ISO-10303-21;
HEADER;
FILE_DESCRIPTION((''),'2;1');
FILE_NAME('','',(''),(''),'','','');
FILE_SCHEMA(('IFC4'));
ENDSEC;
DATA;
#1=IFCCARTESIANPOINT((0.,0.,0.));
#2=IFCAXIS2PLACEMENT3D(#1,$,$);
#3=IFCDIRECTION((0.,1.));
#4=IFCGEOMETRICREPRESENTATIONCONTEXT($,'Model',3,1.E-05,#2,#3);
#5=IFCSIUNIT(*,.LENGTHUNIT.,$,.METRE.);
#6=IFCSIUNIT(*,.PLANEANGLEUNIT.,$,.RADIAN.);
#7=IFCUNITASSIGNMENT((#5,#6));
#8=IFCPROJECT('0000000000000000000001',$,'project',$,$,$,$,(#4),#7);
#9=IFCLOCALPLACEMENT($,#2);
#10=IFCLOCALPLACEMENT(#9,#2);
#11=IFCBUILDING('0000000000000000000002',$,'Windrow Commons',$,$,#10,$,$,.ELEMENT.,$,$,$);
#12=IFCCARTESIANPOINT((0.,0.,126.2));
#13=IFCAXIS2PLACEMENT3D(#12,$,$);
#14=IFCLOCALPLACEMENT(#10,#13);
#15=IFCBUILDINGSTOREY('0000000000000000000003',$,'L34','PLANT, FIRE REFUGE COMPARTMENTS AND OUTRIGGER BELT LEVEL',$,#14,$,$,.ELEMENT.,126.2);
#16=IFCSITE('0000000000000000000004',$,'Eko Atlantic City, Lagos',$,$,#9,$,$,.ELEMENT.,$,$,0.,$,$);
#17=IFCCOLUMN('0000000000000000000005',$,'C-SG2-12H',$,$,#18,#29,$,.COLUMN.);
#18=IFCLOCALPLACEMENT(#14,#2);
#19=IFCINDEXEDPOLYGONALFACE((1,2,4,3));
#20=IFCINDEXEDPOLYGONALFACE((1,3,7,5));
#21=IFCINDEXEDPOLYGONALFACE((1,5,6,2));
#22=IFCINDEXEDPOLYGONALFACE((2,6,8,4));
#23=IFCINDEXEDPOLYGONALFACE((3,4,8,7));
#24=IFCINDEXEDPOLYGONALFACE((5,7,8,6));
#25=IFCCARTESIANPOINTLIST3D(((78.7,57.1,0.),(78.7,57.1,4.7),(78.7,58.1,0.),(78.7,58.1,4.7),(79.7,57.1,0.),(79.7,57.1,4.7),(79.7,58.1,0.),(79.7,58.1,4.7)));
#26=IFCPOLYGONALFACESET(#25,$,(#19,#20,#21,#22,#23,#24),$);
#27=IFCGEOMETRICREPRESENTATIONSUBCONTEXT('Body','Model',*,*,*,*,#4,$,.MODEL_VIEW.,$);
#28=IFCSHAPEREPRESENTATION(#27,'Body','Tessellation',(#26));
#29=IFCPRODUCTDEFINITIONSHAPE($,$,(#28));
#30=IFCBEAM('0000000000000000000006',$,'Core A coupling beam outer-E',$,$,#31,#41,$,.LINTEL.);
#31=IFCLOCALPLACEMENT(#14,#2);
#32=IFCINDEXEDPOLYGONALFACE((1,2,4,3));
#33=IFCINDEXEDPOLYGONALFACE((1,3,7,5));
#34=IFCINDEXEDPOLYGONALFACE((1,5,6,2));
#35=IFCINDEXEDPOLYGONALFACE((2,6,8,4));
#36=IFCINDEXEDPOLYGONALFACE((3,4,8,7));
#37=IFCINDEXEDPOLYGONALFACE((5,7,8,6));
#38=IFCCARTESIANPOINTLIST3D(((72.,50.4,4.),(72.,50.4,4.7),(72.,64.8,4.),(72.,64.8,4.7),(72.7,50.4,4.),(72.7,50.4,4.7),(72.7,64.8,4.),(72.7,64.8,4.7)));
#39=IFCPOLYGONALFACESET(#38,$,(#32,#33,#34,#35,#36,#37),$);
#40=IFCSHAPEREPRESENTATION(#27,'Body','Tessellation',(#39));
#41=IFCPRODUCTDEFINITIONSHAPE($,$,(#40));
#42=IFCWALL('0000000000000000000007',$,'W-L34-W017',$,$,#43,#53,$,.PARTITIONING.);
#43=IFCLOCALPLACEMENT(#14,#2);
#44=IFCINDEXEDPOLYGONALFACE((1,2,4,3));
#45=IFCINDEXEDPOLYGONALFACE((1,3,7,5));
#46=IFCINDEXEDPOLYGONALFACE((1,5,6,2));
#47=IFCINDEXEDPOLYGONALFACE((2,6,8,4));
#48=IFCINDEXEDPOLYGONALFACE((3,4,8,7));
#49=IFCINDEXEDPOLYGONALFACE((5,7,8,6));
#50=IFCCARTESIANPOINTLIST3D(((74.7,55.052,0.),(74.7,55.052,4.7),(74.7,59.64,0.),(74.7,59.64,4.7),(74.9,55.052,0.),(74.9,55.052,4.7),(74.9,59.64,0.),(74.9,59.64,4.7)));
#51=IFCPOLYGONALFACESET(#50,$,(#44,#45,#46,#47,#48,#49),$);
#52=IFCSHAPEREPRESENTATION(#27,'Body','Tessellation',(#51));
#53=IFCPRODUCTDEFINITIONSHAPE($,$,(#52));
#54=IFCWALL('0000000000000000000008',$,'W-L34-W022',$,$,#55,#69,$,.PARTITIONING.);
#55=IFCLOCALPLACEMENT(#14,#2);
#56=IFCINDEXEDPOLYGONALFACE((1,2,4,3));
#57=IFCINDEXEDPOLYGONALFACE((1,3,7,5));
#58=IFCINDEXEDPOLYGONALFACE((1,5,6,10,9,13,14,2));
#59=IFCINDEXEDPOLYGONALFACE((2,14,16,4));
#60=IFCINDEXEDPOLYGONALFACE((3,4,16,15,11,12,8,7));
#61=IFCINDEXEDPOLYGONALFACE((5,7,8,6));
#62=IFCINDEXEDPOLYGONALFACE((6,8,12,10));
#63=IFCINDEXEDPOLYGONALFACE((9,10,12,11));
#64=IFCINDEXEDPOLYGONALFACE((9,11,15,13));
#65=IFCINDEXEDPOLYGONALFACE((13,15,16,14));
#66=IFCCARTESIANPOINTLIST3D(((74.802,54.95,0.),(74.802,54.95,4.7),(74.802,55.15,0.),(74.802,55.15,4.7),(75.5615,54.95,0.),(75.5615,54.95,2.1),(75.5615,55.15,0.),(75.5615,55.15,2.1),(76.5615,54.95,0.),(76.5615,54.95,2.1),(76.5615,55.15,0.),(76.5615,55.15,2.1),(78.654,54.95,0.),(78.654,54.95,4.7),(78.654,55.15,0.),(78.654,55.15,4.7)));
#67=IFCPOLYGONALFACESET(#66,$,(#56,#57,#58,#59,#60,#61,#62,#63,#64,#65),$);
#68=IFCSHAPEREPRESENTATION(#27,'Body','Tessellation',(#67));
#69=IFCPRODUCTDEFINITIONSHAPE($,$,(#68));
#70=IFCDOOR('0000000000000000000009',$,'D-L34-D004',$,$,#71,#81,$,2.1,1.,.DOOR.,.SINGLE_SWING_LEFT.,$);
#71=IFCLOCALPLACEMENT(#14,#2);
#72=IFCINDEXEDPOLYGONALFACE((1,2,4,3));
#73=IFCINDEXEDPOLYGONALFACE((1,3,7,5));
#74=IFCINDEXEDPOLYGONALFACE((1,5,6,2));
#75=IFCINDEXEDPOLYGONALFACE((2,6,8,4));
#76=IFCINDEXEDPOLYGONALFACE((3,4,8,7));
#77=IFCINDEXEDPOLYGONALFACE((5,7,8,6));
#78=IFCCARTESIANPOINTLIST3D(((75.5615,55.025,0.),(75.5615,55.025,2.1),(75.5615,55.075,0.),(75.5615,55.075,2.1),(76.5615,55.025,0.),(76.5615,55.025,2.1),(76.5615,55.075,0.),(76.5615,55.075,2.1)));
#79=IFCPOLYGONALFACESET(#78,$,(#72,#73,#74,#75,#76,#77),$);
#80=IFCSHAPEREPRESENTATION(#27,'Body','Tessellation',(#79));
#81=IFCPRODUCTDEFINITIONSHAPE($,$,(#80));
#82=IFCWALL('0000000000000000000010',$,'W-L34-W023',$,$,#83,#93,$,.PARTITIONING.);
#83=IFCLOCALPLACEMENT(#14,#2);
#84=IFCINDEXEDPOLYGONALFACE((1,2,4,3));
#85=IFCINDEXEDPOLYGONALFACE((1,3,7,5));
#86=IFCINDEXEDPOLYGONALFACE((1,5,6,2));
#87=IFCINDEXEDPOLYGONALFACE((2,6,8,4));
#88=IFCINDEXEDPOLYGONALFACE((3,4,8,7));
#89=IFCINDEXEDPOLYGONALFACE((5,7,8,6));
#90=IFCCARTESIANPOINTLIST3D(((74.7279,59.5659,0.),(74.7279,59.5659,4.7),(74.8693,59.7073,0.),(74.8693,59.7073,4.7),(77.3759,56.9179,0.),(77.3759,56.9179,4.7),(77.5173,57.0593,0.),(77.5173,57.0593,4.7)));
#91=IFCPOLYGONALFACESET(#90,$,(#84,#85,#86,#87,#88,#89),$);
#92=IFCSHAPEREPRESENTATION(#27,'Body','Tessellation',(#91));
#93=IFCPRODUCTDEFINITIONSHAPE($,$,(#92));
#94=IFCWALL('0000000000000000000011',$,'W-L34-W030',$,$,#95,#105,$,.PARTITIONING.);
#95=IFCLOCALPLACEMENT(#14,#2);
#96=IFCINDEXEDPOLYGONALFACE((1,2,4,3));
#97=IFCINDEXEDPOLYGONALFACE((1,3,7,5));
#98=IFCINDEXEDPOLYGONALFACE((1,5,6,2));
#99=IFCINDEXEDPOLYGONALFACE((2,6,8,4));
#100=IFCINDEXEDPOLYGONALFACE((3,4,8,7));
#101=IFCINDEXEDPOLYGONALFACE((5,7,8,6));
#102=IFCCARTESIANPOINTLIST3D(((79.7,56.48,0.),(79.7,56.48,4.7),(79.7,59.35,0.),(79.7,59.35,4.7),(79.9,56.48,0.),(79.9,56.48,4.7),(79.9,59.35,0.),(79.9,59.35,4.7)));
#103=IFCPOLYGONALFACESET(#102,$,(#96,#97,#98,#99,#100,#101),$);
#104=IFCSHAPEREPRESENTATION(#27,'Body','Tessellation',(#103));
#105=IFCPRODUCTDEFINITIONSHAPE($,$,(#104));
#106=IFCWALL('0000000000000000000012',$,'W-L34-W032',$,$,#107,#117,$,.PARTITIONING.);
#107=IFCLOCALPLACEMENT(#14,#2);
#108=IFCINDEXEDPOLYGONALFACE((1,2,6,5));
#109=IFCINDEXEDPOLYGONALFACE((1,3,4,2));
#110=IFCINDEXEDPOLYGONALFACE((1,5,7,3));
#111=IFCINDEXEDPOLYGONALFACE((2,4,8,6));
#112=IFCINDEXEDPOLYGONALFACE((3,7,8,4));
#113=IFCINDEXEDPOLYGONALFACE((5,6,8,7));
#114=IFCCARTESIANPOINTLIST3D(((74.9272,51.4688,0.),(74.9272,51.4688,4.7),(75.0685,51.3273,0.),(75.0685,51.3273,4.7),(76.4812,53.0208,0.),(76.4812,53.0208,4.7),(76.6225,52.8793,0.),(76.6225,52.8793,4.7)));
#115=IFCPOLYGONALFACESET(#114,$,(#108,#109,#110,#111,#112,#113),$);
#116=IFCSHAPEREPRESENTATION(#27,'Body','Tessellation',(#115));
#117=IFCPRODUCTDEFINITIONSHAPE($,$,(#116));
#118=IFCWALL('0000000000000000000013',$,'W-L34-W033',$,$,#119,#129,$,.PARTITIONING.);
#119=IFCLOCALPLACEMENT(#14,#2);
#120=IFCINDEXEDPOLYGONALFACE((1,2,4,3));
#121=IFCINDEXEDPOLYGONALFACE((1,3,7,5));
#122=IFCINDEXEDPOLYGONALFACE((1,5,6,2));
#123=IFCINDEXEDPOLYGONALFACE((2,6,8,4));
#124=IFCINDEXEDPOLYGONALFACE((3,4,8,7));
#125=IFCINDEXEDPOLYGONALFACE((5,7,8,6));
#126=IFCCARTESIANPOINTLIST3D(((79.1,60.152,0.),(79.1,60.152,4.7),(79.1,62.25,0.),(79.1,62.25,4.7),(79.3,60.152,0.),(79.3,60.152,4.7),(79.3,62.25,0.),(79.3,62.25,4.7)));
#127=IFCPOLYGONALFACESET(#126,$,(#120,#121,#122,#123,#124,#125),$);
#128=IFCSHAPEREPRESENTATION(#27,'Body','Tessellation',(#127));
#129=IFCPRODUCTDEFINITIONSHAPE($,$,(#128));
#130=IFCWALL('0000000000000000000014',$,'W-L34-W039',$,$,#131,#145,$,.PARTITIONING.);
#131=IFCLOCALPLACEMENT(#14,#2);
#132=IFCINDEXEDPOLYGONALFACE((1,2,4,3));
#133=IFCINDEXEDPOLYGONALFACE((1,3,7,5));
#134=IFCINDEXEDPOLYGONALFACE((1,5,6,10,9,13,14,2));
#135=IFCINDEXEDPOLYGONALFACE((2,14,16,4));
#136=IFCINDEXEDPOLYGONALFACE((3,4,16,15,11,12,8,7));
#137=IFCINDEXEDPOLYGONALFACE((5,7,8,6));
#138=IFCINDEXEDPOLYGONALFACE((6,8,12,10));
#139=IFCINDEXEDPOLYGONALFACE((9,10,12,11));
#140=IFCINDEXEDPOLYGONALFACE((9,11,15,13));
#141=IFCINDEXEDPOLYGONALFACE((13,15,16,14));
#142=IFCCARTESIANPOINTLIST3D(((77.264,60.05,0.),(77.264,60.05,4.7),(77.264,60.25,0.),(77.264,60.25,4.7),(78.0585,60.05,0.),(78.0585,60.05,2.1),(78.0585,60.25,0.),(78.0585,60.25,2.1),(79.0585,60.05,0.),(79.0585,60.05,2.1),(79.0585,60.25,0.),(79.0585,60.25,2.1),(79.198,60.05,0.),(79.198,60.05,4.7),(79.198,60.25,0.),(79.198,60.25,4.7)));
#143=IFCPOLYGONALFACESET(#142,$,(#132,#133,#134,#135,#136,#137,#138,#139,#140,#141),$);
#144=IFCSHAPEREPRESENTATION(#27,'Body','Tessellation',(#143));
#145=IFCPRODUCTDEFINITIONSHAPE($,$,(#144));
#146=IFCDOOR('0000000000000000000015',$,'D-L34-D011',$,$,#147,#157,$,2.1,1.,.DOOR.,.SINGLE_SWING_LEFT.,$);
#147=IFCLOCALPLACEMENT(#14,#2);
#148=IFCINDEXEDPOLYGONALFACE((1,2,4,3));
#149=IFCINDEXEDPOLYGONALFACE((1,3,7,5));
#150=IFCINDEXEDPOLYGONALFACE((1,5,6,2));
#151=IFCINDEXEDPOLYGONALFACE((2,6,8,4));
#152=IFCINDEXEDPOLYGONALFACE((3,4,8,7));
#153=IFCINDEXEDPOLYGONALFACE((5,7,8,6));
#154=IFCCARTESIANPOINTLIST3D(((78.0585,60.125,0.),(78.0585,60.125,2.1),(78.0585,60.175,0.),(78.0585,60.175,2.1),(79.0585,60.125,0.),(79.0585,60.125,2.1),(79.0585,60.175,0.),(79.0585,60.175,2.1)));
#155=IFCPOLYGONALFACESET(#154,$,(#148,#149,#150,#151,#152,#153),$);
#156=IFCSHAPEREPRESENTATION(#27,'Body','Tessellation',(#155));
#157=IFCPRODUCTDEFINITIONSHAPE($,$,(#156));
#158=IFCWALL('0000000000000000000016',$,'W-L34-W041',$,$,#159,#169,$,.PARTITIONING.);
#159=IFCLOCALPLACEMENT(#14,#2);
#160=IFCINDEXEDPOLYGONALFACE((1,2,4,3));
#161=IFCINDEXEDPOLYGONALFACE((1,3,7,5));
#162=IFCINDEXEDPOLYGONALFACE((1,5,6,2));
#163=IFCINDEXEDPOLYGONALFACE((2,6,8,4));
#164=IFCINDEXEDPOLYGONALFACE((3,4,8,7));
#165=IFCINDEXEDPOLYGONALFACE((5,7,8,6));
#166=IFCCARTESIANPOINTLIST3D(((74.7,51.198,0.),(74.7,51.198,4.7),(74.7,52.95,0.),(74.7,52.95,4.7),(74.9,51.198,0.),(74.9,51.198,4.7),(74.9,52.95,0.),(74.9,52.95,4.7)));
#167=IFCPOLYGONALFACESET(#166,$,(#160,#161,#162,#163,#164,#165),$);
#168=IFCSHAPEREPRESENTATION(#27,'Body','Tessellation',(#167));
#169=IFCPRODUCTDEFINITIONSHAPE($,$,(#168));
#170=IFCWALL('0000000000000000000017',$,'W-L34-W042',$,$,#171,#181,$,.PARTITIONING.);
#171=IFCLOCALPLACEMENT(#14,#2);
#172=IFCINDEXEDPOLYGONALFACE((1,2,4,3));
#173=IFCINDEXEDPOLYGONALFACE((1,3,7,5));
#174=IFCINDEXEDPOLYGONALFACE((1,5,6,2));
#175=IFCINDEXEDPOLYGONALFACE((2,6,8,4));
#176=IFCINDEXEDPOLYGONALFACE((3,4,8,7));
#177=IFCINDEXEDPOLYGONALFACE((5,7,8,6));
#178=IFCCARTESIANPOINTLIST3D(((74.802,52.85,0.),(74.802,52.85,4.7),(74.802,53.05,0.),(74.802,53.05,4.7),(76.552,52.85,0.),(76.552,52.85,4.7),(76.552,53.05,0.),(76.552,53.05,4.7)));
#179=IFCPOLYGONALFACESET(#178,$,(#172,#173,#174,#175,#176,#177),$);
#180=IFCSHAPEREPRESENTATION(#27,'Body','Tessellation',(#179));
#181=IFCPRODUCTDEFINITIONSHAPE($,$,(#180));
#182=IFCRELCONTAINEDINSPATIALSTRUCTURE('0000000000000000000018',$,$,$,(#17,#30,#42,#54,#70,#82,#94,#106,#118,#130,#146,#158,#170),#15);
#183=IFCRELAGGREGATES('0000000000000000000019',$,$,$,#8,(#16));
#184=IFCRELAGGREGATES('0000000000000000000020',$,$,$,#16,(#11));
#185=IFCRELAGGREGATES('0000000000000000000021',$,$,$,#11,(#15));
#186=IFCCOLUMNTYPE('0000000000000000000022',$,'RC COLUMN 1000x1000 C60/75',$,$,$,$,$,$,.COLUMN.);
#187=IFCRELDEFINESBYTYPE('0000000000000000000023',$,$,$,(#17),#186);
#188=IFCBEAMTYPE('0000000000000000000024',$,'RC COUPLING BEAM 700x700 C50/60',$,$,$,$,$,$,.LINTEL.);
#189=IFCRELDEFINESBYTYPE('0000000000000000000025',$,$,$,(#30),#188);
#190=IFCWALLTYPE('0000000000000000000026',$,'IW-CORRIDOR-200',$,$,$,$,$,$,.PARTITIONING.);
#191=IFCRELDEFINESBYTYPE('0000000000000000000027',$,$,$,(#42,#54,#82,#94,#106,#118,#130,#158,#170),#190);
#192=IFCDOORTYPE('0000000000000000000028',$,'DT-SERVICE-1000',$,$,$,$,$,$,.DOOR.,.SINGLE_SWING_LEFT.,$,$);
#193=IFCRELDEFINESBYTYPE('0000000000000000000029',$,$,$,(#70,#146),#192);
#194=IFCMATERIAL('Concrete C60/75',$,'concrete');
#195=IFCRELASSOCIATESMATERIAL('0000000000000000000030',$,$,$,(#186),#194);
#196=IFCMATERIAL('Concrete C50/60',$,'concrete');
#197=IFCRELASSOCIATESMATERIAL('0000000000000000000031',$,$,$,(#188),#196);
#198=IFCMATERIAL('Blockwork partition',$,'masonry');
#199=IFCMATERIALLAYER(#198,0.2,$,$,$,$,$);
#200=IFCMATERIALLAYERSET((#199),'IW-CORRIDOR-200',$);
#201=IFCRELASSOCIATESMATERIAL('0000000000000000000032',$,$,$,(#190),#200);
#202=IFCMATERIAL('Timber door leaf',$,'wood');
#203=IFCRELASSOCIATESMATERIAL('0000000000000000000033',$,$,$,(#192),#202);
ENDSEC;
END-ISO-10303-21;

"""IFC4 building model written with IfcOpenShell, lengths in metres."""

from ifc_helpers import new_model, si_unit, direction, frame, frame_2d, origin, origin_2d, place, context, subcontext, project, spatial, rectangle, extrude, material, layer, layer_set, material_profile, profile_set, type_object, element, fill, save


model = new_model("IFC4")

# Units and contexts
model_context = context("Model", 3, precision=1e-05, world=origin(), true_north=direction((0.0, 1.0)))
body_context = subcontext(model_context, "Body", "Model", "MODEL_VIEW")
ifc_project = project(units=[si_unit("LENGTHUNIT", "METRE"), si_unit("PLANEANGLEUNIT", "RADIAN")], contexts=[model_context])

# Site, building, storey
site_placement = place(None, origin())
site = spatial("IfcSite", under=ifc_project, at=site_placement, Name="Eko Atlantic City, Lagos", CompositionType="ELEMENT", RefElevation=0.0)
building_placement = place(site_placement, origin())
building = spatial("IfcBuilding", under=site, at=building_placement, Name="Windrow Commons", CompositionType="ELEMENT")
storey_placement = place(building_placement, frame((0.0, 0.0, 126.2)))
storey = spatial("IfcBuildingStorey", under=building, at=storey_placement, Name="L34", Description="PLANT, FIRE REFUGE COMPARTMENTS AND OUTRIGGER BELT LEVEL", CompositionType="ELEMENT", Elevation=126.2)

# Column
ifc_material_1 = material(Name="Concrete C60/75", Category="concrete")
ifc_material_profile_1 = material_profile(ifc_material_1, rectangle(XDim=1.0, YDim=1.0, at=origin_2d()))
ifc_profile_set_1 = profile_set([ifc_material_profile_1], Name="Concrete C60/75")
column_type = type_object("IfcColumnType", Name="RC COLUMN 1000x1000 C60/75", PredefinedType="COLUMN", material=ifc_profile_set_1)
column_placement = place(storey_placement, frame((79.2, 57.6, 0.0), z_axis=(0.0, 0.0, 1.0), x_axis=(1.0, 0.0, 0.0)))
element("IfcColumn", 1, at=column_placement, inside=storey, type_object=column_type, Name="C-SG2-12H", PredefinedType="COLUMN", context=body_context, shape_type="SweptSolid", body=[
    extrude(rectangle(XDim=1.0, YDim=1.0, at=origin_2d()), origin(), (0.0, 0.0, 1.0), 4.7),
])

# Beam
ifc_material_2 = material(Name="Concrete C50/60", Category="concrete")
ifc_material_profile_2 = material_profile(ifc_material_2, rectangle(XDim=0.7, YDim=0.7, at=origin_2d()))
ifc_profile_set_2 = profile_set([ifc_material_profile_2], Name="Concrete C50/60")
beam_type = type_object("IfcBeamType", Name="RC COUPLING BEAM 700x700 C50/60", PredefinedType="LINTEL", material=ifc_profile_set_2)
beam_placement = place(storey_placement, frame((72.35, 50.4, 4.35), z_axis=(0.0, 1.0, 0.0), x_axis=(-1.0, 0.0, 0.0)))
element("IfcBeam", 2, at=beam_placement, inside=storey, type_object=beam_type, Name="Core A coupling beam outer-E", PredefinedType="LINTEL", context=body_context, shape_type="SweptSolid", body=[
    extrude(rectangle(XDim=0.7, YDim=0.7, at=origin_2d()), origin(), (0.0, 0.0, 1.0), 14.4),
])

# Wall
ifc_material_3 = material(Name="Blockwork partition", Category="masonry")
ifc_layer_1 = layer(ifc_material_3, 0.2)
ifc_layer_set_1 = layer_set([ifc_layer_1], Name="IW-CORRIDOR-200")
wall_type_1 = type_object("IfcWallType", Name="IW-CORRIDOR-200", PredefinedType="PARTITIONING", material=ifc_layer_set_1)
wall_1_placement = place(storey_placement, frame((74.8, 55.052, 0.0), z_axis=(0.0, 0.0, 1.0), x_axis=(0.0, 1.0, 0.0)))
element("IfcWall", 3, at=wall_1_placement, inside=storey, type_object=wall_type_1, Name="W-L34-W017", PredefinedType="PARTITIONING", context=body_context, shape_type="SweptSolid", body=[
    extrude(rectangle(XDim=4.588, YDim=0.2, at=frame_2d((2.294, 0.0))), origin(), (0.0, 0.0, 1.0), 4.7),
])

# Wall, opening, door
wall_2_placement = place(storey_placement, frame((74.802, 55.05, 0.0), z_axis=(0.0, 0.0, 1.0), x_axis=(1.0, 0.0, 0.0)))
wall_2 = element("IfcWall", 4, at=wall_2_placement, inside=storey, type_object=wall_type_1, Name="W-L34-W022", PredefinedType="PARTITIONING", context=body_context, shape_type="SweptSolid", body=[
    extrude(rectangle(XDim=3.852, YDim=0.2, at=frame_2d((1.926, 0.0))), origin(), (0.0, 0.0, 1.0), 4.7),
])
opening_1_placement = place(wall_2_placement, frame((0.7595, 0.0, 0.0)))
opening_1 = element("IfcOpeningElement", 5, at=opening_1_placement, cuts=wall_2, PredefinedType="OPENING", context=body_context, shape_type="SweptSolid", body=[
    extrude(rectangle(XDim=1.0, YDim=2.1, at=frame_2d((0.5, 1.05))), frame((0.0, 0.11, 0.0), z_axis=(0.0, -1.0, 0.0), x_axis=(1.0, 0.0, 0.0)), (0.0, 0.0, 1.0), 0.22),
])
ifc_material_4 = material(Name="Timber door leaf", Category="wood")
door_type_1 = type_object("IfcDoorType", Name="DT-SERVICE-1000", OperationType="SINGLE_SWING_LEFT", PredefinedType="DOOR", material=ifc_material_4)
door_1_placement = place(opening_1_placement, origin())
door_1 = element("IfcDoor", 6, at=door_1_placement, inside=storey, type_object=door_type_1, Name="D-L34-D004", OperationType="SINGLE_SWING_LEFT", OverallHeight=2.1, OverallWidth=1.0, PredefinedType="DOOR", context=body_context, shape_type="SweptSolid", body=[
    extrude(rectangle(XDim=1.0, YDim=2.1, at=frame_2d((0.5, 1.05))), frame((0.0, 0.025, 0.0), z_axis=(0.0, -1.0, 0.0), x_axis=(1.0, 0.0, 0.0)), (0.0, 0.0, 1.0), 0.05),
])
fill(opening_1, door_1)

# Walls
wall_3_placement = place(storey_placement, frame((74.7986, 59.6366, 0.0), z_axis=(0.0, 0.0, 1.0), x_axis=(0.707107, -0.707107, 0.0)))
element("IfcWall", 7, at=wall_3_placement, inside=storey, type_object=wall_type_1, Name="W-L34-W023", PredefinedType="PARTITIONING", context=body_context, shape_type="SweptSolid", body=[
    extrude(rectangle(XDim=3.7448, YDim=0.2, at=frame_2d((1.8724, 0.0))), origin(), (0.0, 0.0, 1.0), 4.7),
])
wall_4_placement = place(storey_placement, frame((79.8, 56.48, 0.0), z_axis=(0.0, 0.0, 1.0), x_axis=(0.0, 1.0, 0.0)))
element("IfcWall", 8, at=wall_4_placement, inside=storey, type_object=wall_type_1, Name="W-L34-W030", PredefinedType="PARTITIONING", context=body_context, shape_type="SweptSolid", body=[
    extrude(rectangle(XDim=2.87, YDim=0.2, at=frame_2d((1.435, 0.0))), origin(), (0.0, 0.0, 1.0), 4.7),
])
wall_5_placement = place(storey_placement, frame((74.9979, 51.3981, 0.0), z_axis=(0.0, 0.0, 1.0), x_axis=(0.707562, 0.706651, 0.0)))
element("IfcWall", 9, at=wall_5_placement, inside=storey, type_object=wall_type_1, Name="W-L34-W032", PredefinedType="PARTITIONING", context=body_context, shape_type="SweptSolid", body=[
    extrude(rectangle(XDim=2.1963, YDim=0.2, at=frame_2d((1.0981, 0.0))), origin(), (0.0, 0.0, 1.0), 4.7),
])
wall_6_placement = place(storey_placement, frame((79.2, 60.152, 0.0), z_axis=(0.0, 0.0, 1.0), x_axis=(0.0, 1.0, 0.0)))
element("IfcWall", 10, at=wall_6_placement, inside=storey, type_object=wall_type_1, Name="W-L34-W033", PredefinedType="PARTITIONING", context=body_context, shape_type="SweptSolid", body=[
    extrude(rectangle(XDim=2.098, YDim=0.2, at=frame_2d((1.049, 0.0))), origin(), (0.0, 0.0, 1.0), 4.7),
])

# Wall, opening, door
wall_7_placement = place(storey_placement, frame((77.264, 60.15, 0.0), z_axis=(0.0, 0.0, 1.0), x_axis=(1.0, 0.0, 0.0)))
wall_7 = element("IfcWall", 11, at=wall_7_placement, inside=storey, type_object=wall_type_1, Name="W-L34-W039", PredefinedType="PARTITIONING", context=body_context, shape_type="SweptSolid", body=[
    extrude(rectangle(XDim=1.934, YDim=0.2, at=frame_2d((0.967, 0.0))), origin(), (0.0, 0.0, 1.0), 4.7),
])
opening_2_placement = place(wall_7_placement, frame((0.7945, 0.0, 0.0)))
opening_2 = element("IfcOpeningElement", 12, at=opening_2_placement, cuts=wall_7, PredefinedType="OPENING", context=body_context, shape_type="SweptSolid", body=[
    extrude(rectangle(XDim=1.0, YDim=2.1, at=frame_2d((0.5, 1.05))), frame((0.0, 0.11, 0.0), z_axis=(0.0, -1.0, 0.0), x_axis=(1.0, 0.0, 0.0)), (0.0, 0.0, 1.0), 0.22),
])
door_2_placement = place(opening_2_placement, origin())
door_2 = element("IfcDoor", 13, at=door_2_placement, inside=storey, type_object=door_type_1, Name="D-L34-D011", OperationType="SINGLE_SWING_LEFT", OverallHeight=2.1, OverallWidth=1.0, PredefinedType="DOOR", context=body_context, shape_type="SweptSolid", body=[
    extrude(rectangle(XDim=1.0, YDim=2.1, at=frame_2d((0.5, 1.05))), frame((0.0, 0.025, 0.0), z_axis=(0.0, -1.0, 0.0), x_axis=(1.0, 0.0, 0.0)), (0.0, 0.0, 1.0), 0.05),
])
fill(opening_2, door_2)

# Walls
wall_8_placement = place(storey_placement, frame((74.8, 51.198, 0.0), z_axis=(0.0, 0.0, 1.0), x_axis=(0.0, 1.0, 0.0)))
element("IfcWall", 14, at=wall_8_placement, inside=storey, type_object=wall_type_1, Name="W-L34-W041", PredefinedType="PARTITIONING", context=body_context, shape_type="SweptSolid", body=[
    extrude(rectangle(XDim=1.752, YDim=0.2, at=frame_2d((0.876, 0.0))), origin(), (0.0, 0.0, 1.0), 4.7),
])
wall_9_placement = place(storey_placement, frame((74.802, 52.95, 0.0), z_axis=(0.0, 0.0, 1.0), x_axis=(1.0, 0.0, 0.0)))
element("IfcWall", 15, at=wall_9_placement, inside=storey, type_object=wall_type_1, Name="W-L34-W042", PredefinedType="PARTITIONING", context=body_context, shape_type="SweptSolid", body=[
    extrude(rectangle(XDim=1.75, YDim=0.2, at=frame_2d((0.875, 0.0))), origin(), (0.0, 0.0, 1.0), 4.7),
])

save(model, "model.ifc")
